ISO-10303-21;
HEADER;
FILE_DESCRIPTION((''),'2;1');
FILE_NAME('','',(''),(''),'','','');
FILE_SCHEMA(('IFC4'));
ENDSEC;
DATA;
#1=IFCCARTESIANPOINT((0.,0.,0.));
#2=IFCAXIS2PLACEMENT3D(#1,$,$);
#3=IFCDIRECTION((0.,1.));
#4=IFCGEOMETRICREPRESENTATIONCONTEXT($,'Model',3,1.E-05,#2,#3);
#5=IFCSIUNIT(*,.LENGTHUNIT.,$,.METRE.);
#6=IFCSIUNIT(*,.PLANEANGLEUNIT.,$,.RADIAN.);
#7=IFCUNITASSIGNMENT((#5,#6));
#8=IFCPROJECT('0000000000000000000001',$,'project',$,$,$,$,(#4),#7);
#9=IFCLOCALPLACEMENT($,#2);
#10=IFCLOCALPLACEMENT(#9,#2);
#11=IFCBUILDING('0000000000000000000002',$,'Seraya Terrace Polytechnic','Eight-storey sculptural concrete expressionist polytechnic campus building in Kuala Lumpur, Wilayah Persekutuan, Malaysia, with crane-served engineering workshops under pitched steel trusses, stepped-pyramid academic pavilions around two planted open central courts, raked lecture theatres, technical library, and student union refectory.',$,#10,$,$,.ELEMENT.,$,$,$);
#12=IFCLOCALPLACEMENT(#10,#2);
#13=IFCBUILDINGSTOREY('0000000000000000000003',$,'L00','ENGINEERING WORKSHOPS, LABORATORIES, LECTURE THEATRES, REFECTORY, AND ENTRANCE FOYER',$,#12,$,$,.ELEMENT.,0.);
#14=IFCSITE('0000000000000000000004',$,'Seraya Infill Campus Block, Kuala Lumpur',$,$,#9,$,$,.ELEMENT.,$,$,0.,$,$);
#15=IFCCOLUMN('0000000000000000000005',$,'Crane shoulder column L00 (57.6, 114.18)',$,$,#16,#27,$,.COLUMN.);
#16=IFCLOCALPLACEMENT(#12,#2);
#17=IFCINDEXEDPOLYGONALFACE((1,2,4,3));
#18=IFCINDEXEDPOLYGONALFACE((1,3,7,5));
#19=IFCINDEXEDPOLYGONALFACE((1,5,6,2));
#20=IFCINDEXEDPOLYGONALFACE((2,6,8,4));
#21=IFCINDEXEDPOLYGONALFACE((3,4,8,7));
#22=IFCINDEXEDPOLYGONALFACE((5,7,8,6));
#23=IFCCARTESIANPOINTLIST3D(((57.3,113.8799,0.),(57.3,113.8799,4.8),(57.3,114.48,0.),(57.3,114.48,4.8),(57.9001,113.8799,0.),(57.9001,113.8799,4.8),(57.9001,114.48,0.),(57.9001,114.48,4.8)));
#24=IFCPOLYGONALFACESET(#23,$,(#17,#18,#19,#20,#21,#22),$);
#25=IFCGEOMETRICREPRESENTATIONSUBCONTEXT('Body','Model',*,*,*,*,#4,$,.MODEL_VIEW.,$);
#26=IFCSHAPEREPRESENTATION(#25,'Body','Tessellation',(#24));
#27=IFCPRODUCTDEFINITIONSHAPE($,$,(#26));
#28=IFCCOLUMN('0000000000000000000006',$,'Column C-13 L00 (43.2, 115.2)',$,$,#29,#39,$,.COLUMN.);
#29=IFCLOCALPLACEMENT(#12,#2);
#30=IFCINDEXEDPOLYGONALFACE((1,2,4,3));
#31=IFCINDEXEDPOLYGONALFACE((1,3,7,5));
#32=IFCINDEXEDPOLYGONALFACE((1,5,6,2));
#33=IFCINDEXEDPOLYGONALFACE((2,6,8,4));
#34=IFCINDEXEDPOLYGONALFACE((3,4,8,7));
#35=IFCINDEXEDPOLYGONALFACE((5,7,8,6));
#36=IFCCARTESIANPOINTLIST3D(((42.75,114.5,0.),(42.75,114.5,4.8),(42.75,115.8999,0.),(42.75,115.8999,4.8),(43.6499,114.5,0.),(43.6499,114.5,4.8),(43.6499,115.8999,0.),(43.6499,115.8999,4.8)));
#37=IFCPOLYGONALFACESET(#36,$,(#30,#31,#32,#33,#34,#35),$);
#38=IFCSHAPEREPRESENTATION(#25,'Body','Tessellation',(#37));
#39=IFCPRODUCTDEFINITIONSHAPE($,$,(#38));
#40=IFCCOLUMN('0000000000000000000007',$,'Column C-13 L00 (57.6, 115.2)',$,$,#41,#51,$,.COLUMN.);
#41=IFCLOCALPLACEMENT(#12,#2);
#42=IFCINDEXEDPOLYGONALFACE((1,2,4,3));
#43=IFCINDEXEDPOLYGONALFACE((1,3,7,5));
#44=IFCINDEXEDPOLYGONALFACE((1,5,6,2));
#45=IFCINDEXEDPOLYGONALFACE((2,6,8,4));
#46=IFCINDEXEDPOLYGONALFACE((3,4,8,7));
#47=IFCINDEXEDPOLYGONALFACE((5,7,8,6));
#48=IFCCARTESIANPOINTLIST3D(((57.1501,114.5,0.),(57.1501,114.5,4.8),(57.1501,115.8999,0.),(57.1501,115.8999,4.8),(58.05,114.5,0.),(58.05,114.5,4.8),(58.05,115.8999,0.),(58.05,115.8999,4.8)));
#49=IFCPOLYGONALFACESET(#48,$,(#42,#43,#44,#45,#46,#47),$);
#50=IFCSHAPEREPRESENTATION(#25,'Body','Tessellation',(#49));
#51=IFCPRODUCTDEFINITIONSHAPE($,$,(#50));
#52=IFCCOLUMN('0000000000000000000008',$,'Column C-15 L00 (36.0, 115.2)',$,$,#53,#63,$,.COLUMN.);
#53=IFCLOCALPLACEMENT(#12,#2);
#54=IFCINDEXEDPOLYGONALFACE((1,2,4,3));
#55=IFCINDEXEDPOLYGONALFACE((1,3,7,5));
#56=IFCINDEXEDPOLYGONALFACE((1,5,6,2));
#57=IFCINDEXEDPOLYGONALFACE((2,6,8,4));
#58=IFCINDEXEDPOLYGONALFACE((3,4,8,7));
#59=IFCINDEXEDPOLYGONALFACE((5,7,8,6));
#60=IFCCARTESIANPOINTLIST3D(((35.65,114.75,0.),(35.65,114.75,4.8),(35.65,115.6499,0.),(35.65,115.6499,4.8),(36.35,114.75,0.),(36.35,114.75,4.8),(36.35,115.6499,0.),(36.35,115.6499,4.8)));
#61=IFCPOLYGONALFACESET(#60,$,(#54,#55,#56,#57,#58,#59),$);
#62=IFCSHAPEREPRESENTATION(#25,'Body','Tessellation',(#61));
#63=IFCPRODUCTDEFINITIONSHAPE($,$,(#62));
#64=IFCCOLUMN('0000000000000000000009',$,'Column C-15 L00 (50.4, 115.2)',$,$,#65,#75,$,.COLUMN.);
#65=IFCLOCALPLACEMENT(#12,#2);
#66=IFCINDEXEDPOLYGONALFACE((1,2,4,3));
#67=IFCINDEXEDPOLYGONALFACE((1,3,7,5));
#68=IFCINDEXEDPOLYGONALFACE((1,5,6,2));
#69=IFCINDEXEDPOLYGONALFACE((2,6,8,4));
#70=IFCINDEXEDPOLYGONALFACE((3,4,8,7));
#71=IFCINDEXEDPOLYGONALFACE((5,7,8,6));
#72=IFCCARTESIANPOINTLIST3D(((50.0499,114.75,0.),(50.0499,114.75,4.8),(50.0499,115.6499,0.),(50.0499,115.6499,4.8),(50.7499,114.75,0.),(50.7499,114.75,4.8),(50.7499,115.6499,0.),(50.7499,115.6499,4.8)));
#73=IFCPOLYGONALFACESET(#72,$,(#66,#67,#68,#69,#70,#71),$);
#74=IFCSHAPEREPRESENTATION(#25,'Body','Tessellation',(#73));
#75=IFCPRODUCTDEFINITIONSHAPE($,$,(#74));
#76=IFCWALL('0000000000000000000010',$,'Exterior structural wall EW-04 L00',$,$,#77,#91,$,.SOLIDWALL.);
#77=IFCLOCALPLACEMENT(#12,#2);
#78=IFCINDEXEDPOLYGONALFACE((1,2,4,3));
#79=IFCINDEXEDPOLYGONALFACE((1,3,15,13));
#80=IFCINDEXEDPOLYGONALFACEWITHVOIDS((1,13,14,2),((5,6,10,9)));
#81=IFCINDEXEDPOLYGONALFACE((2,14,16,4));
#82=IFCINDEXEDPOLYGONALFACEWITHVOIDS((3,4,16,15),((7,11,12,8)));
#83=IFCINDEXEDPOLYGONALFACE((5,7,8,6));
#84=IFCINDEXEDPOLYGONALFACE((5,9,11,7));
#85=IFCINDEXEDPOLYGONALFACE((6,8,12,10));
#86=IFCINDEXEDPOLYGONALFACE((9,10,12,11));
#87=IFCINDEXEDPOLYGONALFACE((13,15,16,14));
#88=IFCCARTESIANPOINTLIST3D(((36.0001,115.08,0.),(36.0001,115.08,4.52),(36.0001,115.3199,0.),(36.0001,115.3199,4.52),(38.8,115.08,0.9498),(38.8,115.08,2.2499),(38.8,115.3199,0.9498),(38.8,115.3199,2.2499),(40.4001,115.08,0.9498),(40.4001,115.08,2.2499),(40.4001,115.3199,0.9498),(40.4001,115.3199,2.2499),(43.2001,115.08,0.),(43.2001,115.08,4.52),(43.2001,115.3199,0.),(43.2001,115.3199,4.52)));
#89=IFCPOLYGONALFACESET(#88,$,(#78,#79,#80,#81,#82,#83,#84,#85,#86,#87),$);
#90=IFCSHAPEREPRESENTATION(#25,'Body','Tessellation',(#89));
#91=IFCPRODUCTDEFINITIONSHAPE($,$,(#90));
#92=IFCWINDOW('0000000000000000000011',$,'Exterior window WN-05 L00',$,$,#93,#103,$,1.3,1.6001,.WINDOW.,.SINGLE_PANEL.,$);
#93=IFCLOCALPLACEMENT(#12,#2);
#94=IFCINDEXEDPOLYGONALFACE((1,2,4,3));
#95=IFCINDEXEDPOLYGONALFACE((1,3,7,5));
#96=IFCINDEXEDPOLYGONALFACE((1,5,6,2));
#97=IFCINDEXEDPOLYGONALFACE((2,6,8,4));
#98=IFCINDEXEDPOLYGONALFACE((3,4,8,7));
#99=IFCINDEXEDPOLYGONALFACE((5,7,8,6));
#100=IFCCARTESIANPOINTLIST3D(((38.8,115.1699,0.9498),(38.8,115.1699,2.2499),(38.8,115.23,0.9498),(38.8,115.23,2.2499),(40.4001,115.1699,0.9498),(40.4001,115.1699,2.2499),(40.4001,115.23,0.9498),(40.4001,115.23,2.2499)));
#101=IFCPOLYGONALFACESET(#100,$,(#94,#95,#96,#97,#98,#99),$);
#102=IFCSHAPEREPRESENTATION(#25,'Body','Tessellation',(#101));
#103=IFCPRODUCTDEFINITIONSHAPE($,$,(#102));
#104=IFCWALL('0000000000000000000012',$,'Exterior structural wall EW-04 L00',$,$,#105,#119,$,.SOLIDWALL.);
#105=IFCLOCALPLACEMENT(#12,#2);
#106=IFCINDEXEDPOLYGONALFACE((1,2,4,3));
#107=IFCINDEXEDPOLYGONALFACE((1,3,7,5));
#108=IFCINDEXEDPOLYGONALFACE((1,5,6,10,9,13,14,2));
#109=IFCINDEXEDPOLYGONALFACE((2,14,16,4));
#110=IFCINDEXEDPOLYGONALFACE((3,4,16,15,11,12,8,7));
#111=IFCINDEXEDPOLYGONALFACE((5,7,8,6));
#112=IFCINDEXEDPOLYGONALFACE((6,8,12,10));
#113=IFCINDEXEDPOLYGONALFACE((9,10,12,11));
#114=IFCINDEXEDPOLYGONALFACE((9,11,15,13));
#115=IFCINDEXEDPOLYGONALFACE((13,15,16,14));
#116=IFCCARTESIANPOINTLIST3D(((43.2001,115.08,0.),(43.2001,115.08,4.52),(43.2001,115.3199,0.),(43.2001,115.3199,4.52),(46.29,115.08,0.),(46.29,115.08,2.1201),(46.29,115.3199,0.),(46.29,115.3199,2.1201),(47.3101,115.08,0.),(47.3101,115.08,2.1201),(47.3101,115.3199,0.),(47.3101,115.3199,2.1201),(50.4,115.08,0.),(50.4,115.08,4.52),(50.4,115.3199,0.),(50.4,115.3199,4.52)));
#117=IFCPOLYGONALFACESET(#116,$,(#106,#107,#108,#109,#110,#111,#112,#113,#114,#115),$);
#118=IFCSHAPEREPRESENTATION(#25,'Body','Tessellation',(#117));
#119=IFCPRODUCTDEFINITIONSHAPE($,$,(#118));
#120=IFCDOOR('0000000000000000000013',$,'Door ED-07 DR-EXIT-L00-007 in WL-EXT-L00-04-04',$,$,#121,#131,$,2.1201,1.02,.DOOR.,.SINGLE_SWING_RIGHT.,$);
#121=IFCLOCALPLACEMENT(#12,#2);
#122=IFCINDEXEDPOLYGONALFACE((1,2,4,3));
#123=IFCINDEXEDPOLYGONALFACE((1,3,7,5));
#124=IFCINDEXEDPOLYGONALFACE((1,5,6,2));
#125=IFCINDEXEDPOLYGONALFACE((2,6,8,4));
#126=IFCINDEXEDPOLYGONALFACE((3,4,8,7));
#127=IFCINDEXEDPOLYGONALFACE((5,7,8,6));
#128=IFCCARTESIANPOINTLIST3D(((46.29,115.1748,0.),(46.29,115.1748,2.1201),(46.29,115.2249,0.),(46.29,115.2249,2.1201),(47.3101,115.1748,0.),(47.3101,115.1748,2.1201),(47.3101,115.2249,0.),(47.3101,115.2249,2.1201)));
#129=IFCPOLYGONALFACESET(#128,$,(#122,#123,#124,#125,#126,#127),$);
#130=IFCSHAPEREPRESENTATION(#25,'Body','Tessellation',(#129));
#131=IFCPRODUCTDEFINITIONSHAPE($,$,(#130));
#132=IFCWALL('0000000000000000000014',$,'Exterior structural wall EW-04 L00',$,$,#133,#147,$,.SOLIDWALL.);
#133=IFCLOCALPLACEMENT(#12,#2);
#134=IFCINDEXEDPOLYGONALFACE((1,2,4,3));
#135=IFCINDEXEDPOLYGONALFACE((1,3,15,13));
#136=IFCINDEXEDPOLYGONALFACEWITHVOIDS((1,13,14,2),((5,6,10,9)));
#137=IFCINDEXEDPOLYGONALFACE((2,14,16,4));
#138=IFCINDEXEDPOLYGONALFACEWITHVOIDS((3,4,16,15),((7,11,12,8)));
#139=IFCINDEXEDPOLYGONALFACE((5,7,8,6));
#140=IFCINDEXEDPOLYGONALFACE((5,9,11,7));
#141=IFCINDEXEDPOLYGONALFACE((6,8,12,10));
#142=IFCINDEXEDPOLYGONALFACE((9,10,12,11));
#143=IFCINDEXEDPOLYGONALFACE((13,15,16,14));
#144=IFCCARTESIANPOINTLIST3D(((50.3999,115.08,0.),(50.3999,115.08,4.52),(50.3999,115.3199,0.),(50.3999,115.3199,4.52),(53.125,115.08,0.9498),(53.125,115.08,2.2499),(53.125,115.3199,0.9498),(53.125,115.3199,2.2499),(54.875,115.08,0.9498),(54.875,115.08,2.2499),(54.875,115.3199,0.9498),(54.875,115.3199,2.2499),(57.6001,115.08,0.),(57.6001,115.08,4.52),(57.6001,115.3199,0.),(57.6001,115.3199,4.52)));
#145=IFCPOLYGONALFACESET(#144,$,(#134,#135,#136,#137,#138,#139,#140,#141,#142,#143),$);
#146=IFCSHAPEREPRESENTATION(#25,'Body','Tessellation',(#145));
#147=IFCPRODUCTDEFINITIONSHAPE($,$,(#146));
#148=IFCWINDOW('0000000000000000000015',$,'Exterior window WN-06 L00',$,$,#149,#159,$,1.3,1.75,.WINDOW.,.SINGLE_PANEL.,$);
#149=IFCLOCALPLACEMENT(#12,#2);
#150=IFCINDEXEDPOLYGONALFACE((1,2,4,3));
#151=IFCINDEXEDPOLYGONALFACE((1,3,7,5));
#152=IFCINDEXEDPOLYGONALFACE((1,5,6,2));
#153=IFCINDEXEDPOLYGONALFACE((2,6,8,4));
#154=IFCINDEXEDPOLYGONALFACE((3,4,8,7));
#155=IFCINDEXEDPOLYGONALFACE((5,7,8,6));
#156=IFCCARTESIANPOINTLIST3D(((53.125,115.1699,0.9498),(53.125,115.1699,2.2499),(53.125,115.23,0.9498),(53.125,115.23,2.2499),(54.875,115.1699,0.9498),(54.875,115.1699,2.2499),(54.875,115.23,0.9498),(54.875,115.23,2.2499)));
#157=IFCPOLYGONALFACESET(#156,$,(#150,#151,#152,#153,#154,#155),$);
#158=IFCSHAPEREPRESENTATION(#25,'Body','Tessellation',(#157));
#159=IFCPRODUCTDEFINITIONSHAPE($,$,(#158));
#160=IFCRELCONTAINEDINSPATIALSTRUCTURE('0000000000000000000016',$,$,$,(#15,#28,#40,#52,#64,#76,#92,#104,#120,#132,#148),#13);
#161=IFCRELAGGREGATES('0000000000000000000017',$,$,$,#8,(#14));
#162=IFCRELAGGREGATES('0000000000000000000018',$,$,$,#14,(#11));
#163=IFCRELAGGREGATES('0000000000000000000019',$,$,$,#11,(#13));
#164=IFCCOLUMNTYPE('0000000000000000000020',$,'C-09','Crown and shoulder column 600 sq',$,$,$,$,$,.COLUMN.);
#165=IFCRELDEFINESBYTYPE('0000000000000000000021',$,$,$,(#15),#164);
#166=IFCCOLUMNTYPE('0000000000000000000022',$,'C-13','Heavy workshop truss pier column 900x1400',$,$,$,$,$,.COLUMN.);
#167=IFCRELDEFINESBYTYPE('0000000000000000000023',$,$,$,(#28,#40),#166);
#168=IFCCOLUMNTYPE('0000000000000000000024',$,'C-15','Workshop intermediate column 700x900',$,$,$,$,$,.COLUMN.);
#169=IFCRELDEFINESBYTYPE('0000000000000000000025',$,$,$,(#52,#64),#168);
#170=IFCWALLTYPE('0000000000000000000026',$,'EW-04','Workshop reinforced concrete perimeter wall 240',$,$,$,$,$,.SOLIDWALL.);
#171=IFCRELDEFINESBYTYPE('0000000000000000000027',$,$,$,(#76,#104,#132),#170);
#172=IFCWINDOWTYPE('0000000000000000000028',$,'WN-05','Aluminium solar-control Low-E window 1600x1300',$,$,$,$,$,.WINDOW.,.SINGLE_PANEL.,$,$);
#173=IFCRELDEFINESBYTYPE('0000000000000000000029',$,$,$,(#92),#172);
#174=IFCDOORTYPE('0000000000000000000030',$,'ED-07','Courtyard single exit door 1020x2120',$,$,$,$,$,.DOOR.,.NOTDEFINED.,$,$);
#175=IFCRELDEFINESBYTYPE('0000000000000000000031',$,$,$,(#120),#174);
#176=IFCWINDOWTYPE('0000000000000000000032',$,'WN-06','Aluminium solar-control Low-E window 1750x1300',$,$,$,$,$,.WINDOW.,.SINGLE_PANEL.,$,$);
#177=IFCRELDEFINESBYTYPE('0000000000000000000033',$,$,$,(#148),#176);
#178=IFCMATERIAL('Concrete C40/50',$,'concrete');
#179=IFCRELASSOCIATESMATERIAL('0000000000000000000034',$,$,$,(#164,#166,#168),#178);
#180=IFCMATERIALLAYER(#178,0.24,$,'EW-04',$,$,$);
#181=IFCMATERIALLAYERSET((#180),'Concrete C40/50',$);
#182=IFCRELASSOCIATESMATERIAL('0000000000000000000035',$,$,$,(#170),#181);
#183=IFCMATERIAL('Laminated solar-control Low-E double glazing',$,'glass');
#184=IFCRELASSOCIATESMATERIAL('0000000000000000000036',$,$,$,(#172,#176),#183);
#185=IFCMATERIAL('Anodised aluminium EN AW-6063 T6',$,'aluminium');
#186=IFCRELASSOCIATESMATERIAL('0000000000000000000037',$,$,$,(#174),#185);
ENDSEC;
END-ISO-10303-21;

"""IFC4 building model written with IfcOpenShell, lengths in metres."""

from ifc_helpers import new_model, si_unit, direction, frame, frame_2d, origin, origin_2d, place, context, subcontext, project, spatial, rectangle, extrude, material, layer, layer_set, material_profile, profile_set, type_object, element, fill, save


model = new_model("IFC4")

# Units and contexts
model_context = context("Model", 3, precision=1e-05, world=origin(), true_north=direction((0.0, 1.0)))
body_context = subcontext(model_context, "Body", "Model", "MODEL_VIEW")
ifc_project = project(units=[si_unit("LENGTHUNIT", "METRE"), si_unit("PLANEANGLEUNIT", "RADIAN")], contexts=[model_context])

# Site, building, storey
site_placement = place(None, origin())
site = spatial("IfcSite", under=ifc_project, at=site_placement, Name="Seraya Infill Campus Block, Kuala Lumpur", CompositionType="ELEMENT", RefElevation=0.0)
building_placement = place(site_placement, origin())
building = spatial("IfcBuilding", under=site, at=building_placement, Name="Seraya Terrace Polytechnic", Description="Eight-storey sculptural concrete expressionist polytechnic campus building in Kuala Lumpur, Wilayah Persekutuan, Malaysia, with crane-served engineering workshops under pitched steel trusses, stepped-pyramid academic pavilions around two planted open central courts, raked lecture theatres, technical library, and student union refectory.", CompositionType="ELEMENT")
storey_placement = place(building_placement, origin())
storey = spatial("IfcBuildingStorey", under=building, at=storey_placement, Name="L00", Description="ENGINEERING WORKSHOPS, LABORATORIES, LECTURE THEATRES, REFECTORY, AND ENTRANCE FOYER", CompositionType="ELEMENT", Elevation=0.0)

# Shared definitions
ifc_material_1 = material(Name="Concrete C40/50", Category="concrete")

# Columns
ifc_material_profile_1 = material_profile(ifc_material_1, rectangle(XDim=0.6001, YDim=0.6001, at=origin_2d()), Name="RC 600x600")
ifc_profile_set_1 = profile_set([ifc_material_profile_1], Name="Concrete C40/50")
column_type_1 = type_object("IfcColumnType", Name="C-09", Description="Crown and shoulder column 600 sq", PredefinedType="COLUMN", material=ifc_profile_set_1)
column_placement = place(storey_placement, frame((57.6001, 114.1799, 0.0), z_axis=(0.0, 0.0, 1.0), x_axis=(1.0, 0.0, 0.0)))
element("IfcColumn", 1, at=column_placement, inside=storey, type_object=column_type_1, Name="Crane shoulder column L00 (57.6, 114.18)", PredefinedType="COLUMN", context=body_context, shape_type="SweptSolid", body=[
    extrude(rectangle(XDim=0.6001, YDim=0.6001, at=origin_2d()), origin(), (0.0, 0.0, 1.0), 4.8),
])
ifc_material_profile_2 = material_profile(ifc_material_1, rectangle(XDim=0.8999, YDim=1.3999, at=origin_2d()), Name="RC 900x1400")
ifc_profile_set_2 = profile_set([ifc_material_profile_2], Name="Concrete C40/50")
column_type_2 = type_object("IfcColumnType", Name="C-13", Description="Heavy workshop truss pier column 900x1400", PredefinedType="COLUMN", material=ifc_profile_set_2)
for number, where, z_axis, x_axis, name in (
    (2, (43.2, 115.2, 0.0), (0.0, 0.0, 1.0), (1.0, 0.0, 0.0), "Column C-13 L00 (43.2, 115.2)"),
    (3, (57.6001, 115.2, 0.0), (0.0, 0.0, 1.0), (1.0, 0.0, 0.0), "Column C-13 L00 (57.6, 115.2)"),
):
    element("IfcColumn", number, at=place(storey_placement, frame(where, z_axis=z_axis, x_axis=x_axis)), inside=storey, type_object=column_type_2, Name=name, PredefinedType="COLUMN", context=body_context, shape_type="SweptSolid", body=[
        extrude(rectangle(XDim=0.8999, YDim=1.3999, at=origin_2d()), origin(), (0.0, 0.0, 1.0), 4.8),
    ])
ifc_material_profile_3 = material_profile(ifc_material_1, rectangle(XDim=0.7, YDim=0.8999, at=origin_2d()), Name="RC 700x900")
ifc_profile_set_3 = profile_set([ifc_material_profile_3], Name="Concrete C40/50")
column_type_3 = type_object("IfcColumnType", Name="C-15", Description="Workshop intermediate column 700x900", PredefinedType="COLUMN", material=ifc_profile_set_3)
for number, where, z_axis, x_axis, name in (
    (4, (36.0, 115.2, 0.0), (0.0, 0.0, 1.0), (1.0, 0.0, 0.0), "Column C-15 L00 (36.0, 115.2)"),
    (5, (50.3999, 115.2, 0.0), (0.0, 0.0, 1.0), (1.0, 0.0, 0.0), "Column C-15 L00 (50.4, 115.2)"),
):
    element("IfcColumn", number, at=place(storey_placement, frame(where, z_axis=z_axis, x_axis=x_axis)), inside=storey, type_object=column_type_3, Name=name, PredefinedType="COLUMN", context=body_context, shape_type="SweptSolid", body=[
        extrude(rectangle(XDim=0.7, YDim=0.8999, at=origin_2d()), origin(), (0.0, 0.0, 1.0), 4.8),
    ])

# Wall, opening, window
ifc_layer = layer(ifc_material_1, 0.24, Name="EW-04")
ifc_layer_set = layer_set([ifc_layer], Name="Concrete C40/50")
wall_type = type_object("IfcWallType", Name="EW-04", Description="Workshop reinforced concrete perimeter wall 240", PredefinedType="SOLIDWALL", material=ifc_layer_set)
wall_1_placement = place(storey_placement, frame((36.0, 115.2, 0.0), z_axis=(0.0, 0.0, 1.0), x_axis=(1.0, 0.0, 0.0)))
wall_1 = element("IfcWall", 6, at=wall_1_placement, inside=storey, type_object=wall_type, Name="Exterior structural wall EW-04 L00", PredefinedType="SOLIDWALL", context=body_context, shape_type="SweptSolid", body=[
    extrude(rectangle(XDim=7.2, YDim=0.24, at=frame_2d((3.6001, 0.0))), origin(), (0.0, 0.0, 1.0), 4.52),
])
opening_1_placement = place(wall_1_placement, frame((2.8, 0.0, 0.95)))
opening_1 = element("IfcOpeningElement", 7, at=opening_1_placement, cuts=wall_1, PredefinedType="OPENING", context=body_context, shape_type="SweptSolid", body=[
    extrude(rectangle(XDim=1.6001, YDim=1.3, at=frame_2d((0.8, 0.6499))), frame((0.0, 0.1318, 0.0), z_axis=(0.0, -1.0, 0.0), x_axis=(1.0, 0.0, 0.0)), (0.0, 0.0, 1.0), 0.2639),
])
ifc_material_2 = material(Name="Laminated solar-control Low-E double glazing", Category="glass")
window_type_1 = type_object("IfcWindowType", Name="WN-05", Description="Aluminium solar-control Low-E window 1600x1300", PartitioningType="SINGLE_PANEL", PredefinedType="WINDOW", material=ifc_material_2)
window_1_placement = place(opening_1_placement, origin())
window_1 = element("IfcWindow", 8, at=window_1_placement, inside=storey, type_object=window_type_1, Name="Exterior window WN-05 L00", OverallHeight=1.3, OverallWidth=1.6001, PartitioningType="SINGLE_PANEL", PredefinedType="WINDOW", context=body_context, shape_type="SweptSolid", body=[
    extrude(rectangle(XDim=1.6001, YDim=1.3, at=frame_2d((0.8, 0.6499))), frame((0.0, 0.03, 0.0), z_axis=(0.0, -1.0, 0.0), x_axis=(1.0, 0.0, 0.0)), (0.0, 0.0, 1.0), 0.0601),
])
fill(opening_1, window_1)

# Wall, opening, door
wall_2_placement = place(storey_placement, frame((43.2, 115.2, 0.0), z_axis=(0.0, 0.0, 1.0), x_axis=(1.0, 0.0, 0.0)))
wall_2 = element("IfcWall", 9, at=wall_2_placement, inside=storey, type_object=wall_type, Name="Exterior structural wall EW-04 L00", PredefinedType="SOLIDWALL", context=body_context, shape_type="SweptSolid", body=[
    extrude(rectangle(XDim=7.2, YDim=0.24, at=frame_2d((3.6001, 0.0))), origin(), (0.0, 0.0, 1.0), 4.52),
])
opening_2_placement = place(wall_2_placement, frame((3.0901, 0.0, 0.0)))
opening_2 = element("IfcOpeningElement", 10, at=opening_2_placement, cuts=wall_2, PredefinedType="OPENING", context=body_context, shape_type="SweptSolid", body=[
    extrude(rectangle(XDim=1.02, YDim=2.1201, at=frame_2d((0.51, 1.0601))), frame((0.0, 0.1318, 0.0), z_axis=(0.0, -1.0, 0.0), x_axis=(1.0, 0.0, 0.0)), (0.0, 0.0, 1.0), 0.2639),
])
ifc_material_3 = material(Name="Anodised aluminium EN AW-6063 T6", Category="aluminium")
door_type_1 = type_object("IfcDoorType", Name="ED-07", Description="Courtyard single exit door 1020x2120", OperationType="NOTDEFINED", PredefinedType="DOOR", material=ifc_material_3)
door_1_placement = place(opening_2_placement, origin())
door_1 = element("IfcDoor", 11, at=door_1_placement, inside=storey, type_object=door_type_1, Name="Door ED-07 DR-EXIT-L00-007 in WL-EXT-L00-04-04", OperationType="SINGLE_SWING_RIGHT", OverallHeight=2.1201, OverallWidth=1.02, PredefinedType="DOOR", context=body_context, shape_type="SweptSolid", body=[
    extrude(rectangle(XDim=1.02, YDim=2.1201, at=frame_2d((0.51, 1.0601))), frame((0.0, 0.0249, 0.0), z_axis=(0.0, -1.0, 0.0), x_axis=(1.0, 0.0, 0.0)), (0.0, 0.0, 1.0), 0.05),
])
fill(opening_2, door_1)

# Wall, opening, window
wall_3_placement = place(storey_placement, frame((50.3999, 115.2, 0.0), z_axis=(0.0, 0.0, 1.0), x_axis=(1.0, 0.0, 0.0)))
wall_3 = element("IfcWall", 12, at=wall_3_placement, inside=storey, type_object=wall_type, Name="Exterior structural wall EW-04 L00", PredefinedType="SOLIDWALL", context=body_context, shape_type="SweptSolid", body=[
    extrude(rectangle(XDim=7.2002, YDim=0.24, at=frame_2d((3.6001, 0.0))), origin(), (0.0, 0.0, 1.0), 4.52),
])
opening_3_placement = place(wall_3_placement, frame((2.7251, 0.0, 0.95)))
opening_3 = element("IfcOpeningElement", 13, at=opening_3_placement, cuts=wall_3, PredefinedType="OPENING", context=body_context, shape_type="SweptSolid", body=[
    extrude(rectangle(XDim=1.75, YDim=1.3, at=frame_2d((0.875, 0.6499))), frame((0.0, 0.1318, 0.0), z_axis=(0.0, -1.0, 0.0), x_axis=(1.0, 0.0, 0.0)), (0.0, 0.0, 1.0), 0.2639),
])
window_type_2 = type_object("IfcWindowType", Name="WN-06", Description="Aluminium solar-control Low-E window 1750x1300", PartitioningType="SINGLE_PANEL", PredefinedType="WINDOW", material=ifc_material_2)
window_2_placement = place(opening_3_placement, origin())
window_2 = element("IfcWindow", 14, at=window_2_placement, inside=storey, type_object=window_type_2, Name="Exterior window WN-06 L00", OverallHeight=1.3, OverallWidth=1.75, PartitioningType="SINGLE_PANEL", PredefinedType="WINDOW", context=body_context, shape_type="SweptSolid", body=[
    extrude(rectangle(XDim=1.75, YDim=1.3, at=frame_2d((0.875, 0.6499))), frame((0.0, 0.03, 0.0), z_axis=(0.0, -1.0, 0.0), x_axis=(1.0, 0.0, 0.0)), (0.0, 0.0, 1.0), 0.0601),
])
fill(opening_3, window_2)

save(model, "model.ifc")
